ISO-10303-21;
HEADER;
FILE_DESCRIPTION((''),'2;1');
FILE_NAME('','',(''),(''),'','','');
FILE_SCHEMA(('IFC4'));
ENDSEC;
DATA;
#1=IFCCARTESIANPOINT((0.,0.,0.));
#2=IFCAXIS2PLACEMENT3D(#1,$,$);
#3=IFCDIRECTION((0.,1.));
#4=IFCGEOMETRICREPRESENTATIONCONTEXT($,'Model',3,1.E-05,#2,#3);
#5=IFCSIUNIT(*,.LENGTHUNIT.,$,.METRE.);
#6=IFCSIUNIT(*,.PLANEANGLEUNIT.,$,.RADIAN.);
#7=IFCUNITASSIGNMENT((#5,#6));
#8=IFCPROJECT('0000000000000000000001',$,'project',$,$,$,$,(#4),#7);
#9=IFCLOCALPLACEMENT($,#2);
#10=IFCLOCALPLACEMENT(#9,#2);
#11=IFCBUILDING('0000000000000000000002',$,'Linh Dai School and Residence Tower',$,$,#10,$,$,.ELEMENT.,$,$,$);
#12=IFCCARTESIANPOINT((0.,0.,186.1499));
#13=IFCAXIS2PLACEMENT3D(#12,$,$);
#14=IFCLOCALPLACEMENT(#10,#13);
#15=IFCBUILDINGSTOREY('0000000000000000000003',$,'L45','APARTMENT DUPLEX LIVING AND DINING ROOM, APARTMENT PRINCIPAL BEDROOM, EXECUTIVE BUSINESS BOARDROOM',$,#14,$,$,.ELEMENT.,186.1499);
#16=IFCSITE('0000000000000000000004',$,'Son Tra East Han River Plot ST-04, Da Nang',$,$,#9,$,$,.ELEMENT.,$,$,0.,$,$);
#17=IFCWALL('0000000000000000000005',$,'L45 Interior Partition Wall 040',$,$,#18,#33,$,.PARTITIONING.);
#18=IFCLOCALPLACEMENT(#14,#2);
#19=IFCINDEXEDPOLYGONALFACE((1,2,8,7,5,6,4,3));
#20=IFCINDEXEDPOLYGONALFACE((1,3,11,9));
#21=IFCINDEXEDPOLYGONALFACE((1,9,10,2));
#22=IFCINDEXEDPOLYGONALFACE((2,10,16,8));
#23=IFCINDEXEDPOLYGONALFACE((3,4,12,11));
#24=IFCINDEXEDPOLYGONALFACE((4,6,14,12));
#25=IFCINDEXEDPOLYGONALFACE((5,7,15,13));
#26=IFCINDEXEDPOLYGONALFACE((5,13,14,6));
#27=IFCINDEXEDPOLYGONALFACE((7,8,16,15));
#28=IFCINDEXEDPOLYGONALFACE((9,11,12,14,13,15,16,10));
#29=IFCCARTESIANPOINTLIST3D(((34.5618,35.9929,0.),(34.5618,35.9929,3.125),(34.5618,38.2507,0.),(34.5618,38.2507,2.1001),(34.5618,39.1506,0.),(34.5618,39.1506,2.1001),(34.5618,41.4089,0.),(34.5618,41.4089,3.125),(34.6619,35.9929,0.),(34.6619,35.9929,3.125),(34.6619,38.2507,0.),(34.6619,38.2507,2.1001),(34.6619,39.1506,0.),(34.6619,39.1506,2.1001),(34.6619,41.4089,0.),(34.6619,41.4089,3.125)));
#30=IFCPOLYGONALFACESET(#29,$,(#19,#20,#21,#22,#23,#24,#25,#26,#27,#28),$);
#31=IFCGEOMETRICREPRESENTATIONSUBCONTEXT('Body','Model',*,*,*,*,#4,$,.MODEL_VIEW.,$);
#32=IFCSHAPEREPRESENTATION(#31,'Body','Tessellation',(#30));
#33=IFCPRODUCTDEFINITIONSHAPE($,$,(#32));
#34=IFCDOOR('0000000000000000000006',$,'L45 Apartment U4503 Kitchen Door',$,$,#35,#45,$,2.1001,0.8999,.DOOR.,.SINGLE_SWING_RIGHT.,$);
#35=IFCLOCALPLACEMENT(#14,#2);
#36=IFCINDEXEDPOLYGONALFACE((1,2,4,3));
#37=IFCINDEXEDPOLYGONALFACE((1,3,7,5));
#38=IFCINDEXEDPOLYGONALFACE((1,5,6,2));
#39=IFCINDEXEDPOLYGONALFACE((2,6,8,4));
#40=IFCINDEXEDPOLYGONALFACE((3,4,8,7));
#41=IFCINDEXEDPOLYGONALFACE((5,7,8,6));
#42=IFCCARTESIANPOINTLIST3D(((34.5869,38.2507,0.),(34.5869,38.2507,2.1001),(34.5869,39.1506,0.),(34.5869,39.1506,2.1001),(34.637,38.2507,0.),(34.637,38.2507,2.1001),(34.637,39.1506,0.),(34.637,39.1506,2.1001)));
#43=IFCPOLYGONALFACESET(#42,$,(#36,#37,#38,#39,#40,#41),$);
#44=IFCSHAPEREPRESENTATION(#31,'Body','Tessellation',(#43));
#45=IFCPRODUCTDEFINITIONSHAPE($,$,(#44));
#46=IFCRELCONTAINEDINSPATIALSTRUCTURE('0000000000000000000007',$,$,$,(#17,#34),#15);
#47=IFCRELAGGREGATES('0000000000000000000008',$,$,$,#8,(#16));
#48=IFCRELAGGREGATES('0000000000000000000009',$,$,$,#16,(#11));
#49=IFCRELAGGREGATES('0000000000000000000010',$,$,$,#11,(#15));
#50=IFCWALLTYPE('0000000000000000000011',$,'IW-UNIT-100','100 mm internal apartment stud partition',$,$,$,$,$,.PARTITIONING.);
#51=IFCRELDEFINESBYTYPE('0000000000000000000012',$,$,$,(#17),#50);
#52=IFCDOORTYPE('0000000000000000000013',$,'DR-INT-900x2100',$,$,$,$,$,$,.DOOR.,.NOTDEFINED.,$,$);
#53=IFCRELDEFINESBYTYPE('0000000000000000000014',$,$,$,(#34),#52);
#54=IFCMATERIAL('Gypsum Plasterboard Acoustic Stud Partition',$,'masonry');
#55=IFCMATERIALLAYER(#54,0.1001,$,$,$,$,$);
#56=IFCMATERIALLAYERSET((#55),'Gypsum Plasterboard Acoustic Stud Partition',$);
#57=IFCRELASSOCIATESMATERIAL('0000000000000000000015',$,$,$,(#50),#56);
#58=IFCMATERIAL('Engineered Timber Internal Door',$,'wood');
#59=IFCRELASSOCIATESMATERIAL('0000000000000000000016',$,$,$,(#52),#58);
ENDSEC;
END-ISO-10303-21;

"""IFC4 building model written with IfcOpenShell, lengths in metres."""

from ifc_helpers import new_model, si_unit, direction, frame, frame_2d, origin, origin_2d, place, context, subcontext, project, spatial, rectangle, extrude, source, transform, mapped, material, layer, layer_set, type_object, element, fill, save


model = new_model("IFC4")

# Units and contexts
model_context = context("Model", 3, precision=1e-05, world=origin(), true_north=direction((0.0, 1.0)))
body_context = subcontext(model_context, "Body", "Model", "MODEL_VIEW")
ifc_project = project(units=[si_unit("LENGTHUNIT", "METRE"), si_unit("PLANEANGLEUNIT", "RADIAN")], contexts=[model_context])

# Site, building, storey
site_placement = place(None, origin())
site = spatial("IfcSite", under=ifc_project, at=site_placement, Name="Son Tra East Han River Plot ST-04, Da Nang", CompositionType="ELEMENT", RefElevation=0.0)
building_placement = place(site_placement, origin())
building = spatial("IfcBuilding", under=site, at=building_placement, Name="Linh Dai School and Residence Tower", CompositionType="ELEMENT")
storey_placement = place(building_placement, frame((0.0, 0.0, 186.1499)))
storey = spatial("IfcBuildingStorey", under=building, at=storey_placement, Name="L45", Description="APARTMENT DUPLEX LIVING AND DINING ROOM, APARTMENT PRINCIPAL BEDROOM, EXECUTIVE BUSINESS BOARDROOM", CompositionType="ELEMENT", Elevation=186.1499)

# Shared definitions
ifc_material_1 = material(Name="Gypsum Plasterboard Acoustic Stud Partition", Category="masonry")
ifc_layer_1 = layer(ifc_material_1, 0.1001)
ifc_layer_set_1 = layer_set([ifc_layer_1], Name="Gypsum Plasterboard Acoustic Stud Partition")
wall_type_1 = type_object("IfcWallType", Name="IW-UNIT-100", Description="100 mm internal apartment stud partition", PredefinedType="PARTITIONING", material=ifc_layer_set_1)

# Wall, opening, door
wall_1_placement = place(storey_placement, frame((34.6118, 35.9929, 0.0), z_axis=(0.0, 0.0, 1.0), x_axis=(0.0, 1.0, 0.0)))
wall_1 = element("IfcWall", 1, at=wall_1_placement, inside=storey, type_object=wall_type_1, Name="L45 Interior Partition Wall 040", PredefinedType="PARTITIONING", context=body_context, shape_type="SweptSolid", body=[
    extrude(rectangle(XDim=5.416, YDim=0.1001, at=frame_2d((2.708, 0.0))), origin(), (0.0, 0.0, 1.0), 3.125),
])
opening_1_placement = place(wall_1_placement, frame((2.2578, 0.0, 0.0)))
opening_1 = element("IfcOpeningElement", 2, at=opening_1_placement, cuts=wall_1, PredefinedType="OPENING", context=body_context, shape_type="SweptSolid", body=[
    extrude(rectangle(XDim=0.8999, YDim=2.1001, at=origin_2d()), frame((0.45, 0.0601, 1.05), z_axis=(0.0, -1.0, 0.0), x_axis=(1.0, 0.0, 0.0)), (0.0, 0.0, 1.0), 0.1201),
])
ifc_material_2 = material(Name="Engineered Timber Internal Door", Category="wood")
door_type_1 = type_object("IfcDoorType", Name="DR-INT-900x2100", OperationType="NOTDEFINED", PredefinedType="DOOR", material=ifc_material_2)
shared_shape_1 = source(origin(), body_context, "Body", "SweptSolid", [
    extrude(rectangle(XDim=0.8999, YDim=2.1001, at=origin_2d()), frame((0.45, 0.0249, 1.05), z_axis=(0.0, -1.0, 0.0), x_axis=(1.0, 0.0, 0.0)), (0.0, 0.0, 1.0), 0.05),
])
door_1_placement = place(opening_1_placement, origin())
door_1 = element("IfcDoor", 3, at=door_1_placement, inside=storey, type_object=door_type_1, Name="L45 Apartment U4503 Kitchen Door", OperationType="SINGLE_SWING_RIGHT", OverallHeight=2.1001, OverallWidth=0.8999, PredefinedType="DOOR", context=body_context, shape_type="MappedRepresentation", body=[
    mapped(shared_shape_1, transform((0.0, 0.0, 0.0), x_axis=(1.0, 0.0, 0.0), y_axis=(0.0, 1.0, 0.0), z_axis=(0.0, 0.0, 1.0), scale=1.0)),
])
fill(opening_1, door_1)

save(model, "model.ifc")
